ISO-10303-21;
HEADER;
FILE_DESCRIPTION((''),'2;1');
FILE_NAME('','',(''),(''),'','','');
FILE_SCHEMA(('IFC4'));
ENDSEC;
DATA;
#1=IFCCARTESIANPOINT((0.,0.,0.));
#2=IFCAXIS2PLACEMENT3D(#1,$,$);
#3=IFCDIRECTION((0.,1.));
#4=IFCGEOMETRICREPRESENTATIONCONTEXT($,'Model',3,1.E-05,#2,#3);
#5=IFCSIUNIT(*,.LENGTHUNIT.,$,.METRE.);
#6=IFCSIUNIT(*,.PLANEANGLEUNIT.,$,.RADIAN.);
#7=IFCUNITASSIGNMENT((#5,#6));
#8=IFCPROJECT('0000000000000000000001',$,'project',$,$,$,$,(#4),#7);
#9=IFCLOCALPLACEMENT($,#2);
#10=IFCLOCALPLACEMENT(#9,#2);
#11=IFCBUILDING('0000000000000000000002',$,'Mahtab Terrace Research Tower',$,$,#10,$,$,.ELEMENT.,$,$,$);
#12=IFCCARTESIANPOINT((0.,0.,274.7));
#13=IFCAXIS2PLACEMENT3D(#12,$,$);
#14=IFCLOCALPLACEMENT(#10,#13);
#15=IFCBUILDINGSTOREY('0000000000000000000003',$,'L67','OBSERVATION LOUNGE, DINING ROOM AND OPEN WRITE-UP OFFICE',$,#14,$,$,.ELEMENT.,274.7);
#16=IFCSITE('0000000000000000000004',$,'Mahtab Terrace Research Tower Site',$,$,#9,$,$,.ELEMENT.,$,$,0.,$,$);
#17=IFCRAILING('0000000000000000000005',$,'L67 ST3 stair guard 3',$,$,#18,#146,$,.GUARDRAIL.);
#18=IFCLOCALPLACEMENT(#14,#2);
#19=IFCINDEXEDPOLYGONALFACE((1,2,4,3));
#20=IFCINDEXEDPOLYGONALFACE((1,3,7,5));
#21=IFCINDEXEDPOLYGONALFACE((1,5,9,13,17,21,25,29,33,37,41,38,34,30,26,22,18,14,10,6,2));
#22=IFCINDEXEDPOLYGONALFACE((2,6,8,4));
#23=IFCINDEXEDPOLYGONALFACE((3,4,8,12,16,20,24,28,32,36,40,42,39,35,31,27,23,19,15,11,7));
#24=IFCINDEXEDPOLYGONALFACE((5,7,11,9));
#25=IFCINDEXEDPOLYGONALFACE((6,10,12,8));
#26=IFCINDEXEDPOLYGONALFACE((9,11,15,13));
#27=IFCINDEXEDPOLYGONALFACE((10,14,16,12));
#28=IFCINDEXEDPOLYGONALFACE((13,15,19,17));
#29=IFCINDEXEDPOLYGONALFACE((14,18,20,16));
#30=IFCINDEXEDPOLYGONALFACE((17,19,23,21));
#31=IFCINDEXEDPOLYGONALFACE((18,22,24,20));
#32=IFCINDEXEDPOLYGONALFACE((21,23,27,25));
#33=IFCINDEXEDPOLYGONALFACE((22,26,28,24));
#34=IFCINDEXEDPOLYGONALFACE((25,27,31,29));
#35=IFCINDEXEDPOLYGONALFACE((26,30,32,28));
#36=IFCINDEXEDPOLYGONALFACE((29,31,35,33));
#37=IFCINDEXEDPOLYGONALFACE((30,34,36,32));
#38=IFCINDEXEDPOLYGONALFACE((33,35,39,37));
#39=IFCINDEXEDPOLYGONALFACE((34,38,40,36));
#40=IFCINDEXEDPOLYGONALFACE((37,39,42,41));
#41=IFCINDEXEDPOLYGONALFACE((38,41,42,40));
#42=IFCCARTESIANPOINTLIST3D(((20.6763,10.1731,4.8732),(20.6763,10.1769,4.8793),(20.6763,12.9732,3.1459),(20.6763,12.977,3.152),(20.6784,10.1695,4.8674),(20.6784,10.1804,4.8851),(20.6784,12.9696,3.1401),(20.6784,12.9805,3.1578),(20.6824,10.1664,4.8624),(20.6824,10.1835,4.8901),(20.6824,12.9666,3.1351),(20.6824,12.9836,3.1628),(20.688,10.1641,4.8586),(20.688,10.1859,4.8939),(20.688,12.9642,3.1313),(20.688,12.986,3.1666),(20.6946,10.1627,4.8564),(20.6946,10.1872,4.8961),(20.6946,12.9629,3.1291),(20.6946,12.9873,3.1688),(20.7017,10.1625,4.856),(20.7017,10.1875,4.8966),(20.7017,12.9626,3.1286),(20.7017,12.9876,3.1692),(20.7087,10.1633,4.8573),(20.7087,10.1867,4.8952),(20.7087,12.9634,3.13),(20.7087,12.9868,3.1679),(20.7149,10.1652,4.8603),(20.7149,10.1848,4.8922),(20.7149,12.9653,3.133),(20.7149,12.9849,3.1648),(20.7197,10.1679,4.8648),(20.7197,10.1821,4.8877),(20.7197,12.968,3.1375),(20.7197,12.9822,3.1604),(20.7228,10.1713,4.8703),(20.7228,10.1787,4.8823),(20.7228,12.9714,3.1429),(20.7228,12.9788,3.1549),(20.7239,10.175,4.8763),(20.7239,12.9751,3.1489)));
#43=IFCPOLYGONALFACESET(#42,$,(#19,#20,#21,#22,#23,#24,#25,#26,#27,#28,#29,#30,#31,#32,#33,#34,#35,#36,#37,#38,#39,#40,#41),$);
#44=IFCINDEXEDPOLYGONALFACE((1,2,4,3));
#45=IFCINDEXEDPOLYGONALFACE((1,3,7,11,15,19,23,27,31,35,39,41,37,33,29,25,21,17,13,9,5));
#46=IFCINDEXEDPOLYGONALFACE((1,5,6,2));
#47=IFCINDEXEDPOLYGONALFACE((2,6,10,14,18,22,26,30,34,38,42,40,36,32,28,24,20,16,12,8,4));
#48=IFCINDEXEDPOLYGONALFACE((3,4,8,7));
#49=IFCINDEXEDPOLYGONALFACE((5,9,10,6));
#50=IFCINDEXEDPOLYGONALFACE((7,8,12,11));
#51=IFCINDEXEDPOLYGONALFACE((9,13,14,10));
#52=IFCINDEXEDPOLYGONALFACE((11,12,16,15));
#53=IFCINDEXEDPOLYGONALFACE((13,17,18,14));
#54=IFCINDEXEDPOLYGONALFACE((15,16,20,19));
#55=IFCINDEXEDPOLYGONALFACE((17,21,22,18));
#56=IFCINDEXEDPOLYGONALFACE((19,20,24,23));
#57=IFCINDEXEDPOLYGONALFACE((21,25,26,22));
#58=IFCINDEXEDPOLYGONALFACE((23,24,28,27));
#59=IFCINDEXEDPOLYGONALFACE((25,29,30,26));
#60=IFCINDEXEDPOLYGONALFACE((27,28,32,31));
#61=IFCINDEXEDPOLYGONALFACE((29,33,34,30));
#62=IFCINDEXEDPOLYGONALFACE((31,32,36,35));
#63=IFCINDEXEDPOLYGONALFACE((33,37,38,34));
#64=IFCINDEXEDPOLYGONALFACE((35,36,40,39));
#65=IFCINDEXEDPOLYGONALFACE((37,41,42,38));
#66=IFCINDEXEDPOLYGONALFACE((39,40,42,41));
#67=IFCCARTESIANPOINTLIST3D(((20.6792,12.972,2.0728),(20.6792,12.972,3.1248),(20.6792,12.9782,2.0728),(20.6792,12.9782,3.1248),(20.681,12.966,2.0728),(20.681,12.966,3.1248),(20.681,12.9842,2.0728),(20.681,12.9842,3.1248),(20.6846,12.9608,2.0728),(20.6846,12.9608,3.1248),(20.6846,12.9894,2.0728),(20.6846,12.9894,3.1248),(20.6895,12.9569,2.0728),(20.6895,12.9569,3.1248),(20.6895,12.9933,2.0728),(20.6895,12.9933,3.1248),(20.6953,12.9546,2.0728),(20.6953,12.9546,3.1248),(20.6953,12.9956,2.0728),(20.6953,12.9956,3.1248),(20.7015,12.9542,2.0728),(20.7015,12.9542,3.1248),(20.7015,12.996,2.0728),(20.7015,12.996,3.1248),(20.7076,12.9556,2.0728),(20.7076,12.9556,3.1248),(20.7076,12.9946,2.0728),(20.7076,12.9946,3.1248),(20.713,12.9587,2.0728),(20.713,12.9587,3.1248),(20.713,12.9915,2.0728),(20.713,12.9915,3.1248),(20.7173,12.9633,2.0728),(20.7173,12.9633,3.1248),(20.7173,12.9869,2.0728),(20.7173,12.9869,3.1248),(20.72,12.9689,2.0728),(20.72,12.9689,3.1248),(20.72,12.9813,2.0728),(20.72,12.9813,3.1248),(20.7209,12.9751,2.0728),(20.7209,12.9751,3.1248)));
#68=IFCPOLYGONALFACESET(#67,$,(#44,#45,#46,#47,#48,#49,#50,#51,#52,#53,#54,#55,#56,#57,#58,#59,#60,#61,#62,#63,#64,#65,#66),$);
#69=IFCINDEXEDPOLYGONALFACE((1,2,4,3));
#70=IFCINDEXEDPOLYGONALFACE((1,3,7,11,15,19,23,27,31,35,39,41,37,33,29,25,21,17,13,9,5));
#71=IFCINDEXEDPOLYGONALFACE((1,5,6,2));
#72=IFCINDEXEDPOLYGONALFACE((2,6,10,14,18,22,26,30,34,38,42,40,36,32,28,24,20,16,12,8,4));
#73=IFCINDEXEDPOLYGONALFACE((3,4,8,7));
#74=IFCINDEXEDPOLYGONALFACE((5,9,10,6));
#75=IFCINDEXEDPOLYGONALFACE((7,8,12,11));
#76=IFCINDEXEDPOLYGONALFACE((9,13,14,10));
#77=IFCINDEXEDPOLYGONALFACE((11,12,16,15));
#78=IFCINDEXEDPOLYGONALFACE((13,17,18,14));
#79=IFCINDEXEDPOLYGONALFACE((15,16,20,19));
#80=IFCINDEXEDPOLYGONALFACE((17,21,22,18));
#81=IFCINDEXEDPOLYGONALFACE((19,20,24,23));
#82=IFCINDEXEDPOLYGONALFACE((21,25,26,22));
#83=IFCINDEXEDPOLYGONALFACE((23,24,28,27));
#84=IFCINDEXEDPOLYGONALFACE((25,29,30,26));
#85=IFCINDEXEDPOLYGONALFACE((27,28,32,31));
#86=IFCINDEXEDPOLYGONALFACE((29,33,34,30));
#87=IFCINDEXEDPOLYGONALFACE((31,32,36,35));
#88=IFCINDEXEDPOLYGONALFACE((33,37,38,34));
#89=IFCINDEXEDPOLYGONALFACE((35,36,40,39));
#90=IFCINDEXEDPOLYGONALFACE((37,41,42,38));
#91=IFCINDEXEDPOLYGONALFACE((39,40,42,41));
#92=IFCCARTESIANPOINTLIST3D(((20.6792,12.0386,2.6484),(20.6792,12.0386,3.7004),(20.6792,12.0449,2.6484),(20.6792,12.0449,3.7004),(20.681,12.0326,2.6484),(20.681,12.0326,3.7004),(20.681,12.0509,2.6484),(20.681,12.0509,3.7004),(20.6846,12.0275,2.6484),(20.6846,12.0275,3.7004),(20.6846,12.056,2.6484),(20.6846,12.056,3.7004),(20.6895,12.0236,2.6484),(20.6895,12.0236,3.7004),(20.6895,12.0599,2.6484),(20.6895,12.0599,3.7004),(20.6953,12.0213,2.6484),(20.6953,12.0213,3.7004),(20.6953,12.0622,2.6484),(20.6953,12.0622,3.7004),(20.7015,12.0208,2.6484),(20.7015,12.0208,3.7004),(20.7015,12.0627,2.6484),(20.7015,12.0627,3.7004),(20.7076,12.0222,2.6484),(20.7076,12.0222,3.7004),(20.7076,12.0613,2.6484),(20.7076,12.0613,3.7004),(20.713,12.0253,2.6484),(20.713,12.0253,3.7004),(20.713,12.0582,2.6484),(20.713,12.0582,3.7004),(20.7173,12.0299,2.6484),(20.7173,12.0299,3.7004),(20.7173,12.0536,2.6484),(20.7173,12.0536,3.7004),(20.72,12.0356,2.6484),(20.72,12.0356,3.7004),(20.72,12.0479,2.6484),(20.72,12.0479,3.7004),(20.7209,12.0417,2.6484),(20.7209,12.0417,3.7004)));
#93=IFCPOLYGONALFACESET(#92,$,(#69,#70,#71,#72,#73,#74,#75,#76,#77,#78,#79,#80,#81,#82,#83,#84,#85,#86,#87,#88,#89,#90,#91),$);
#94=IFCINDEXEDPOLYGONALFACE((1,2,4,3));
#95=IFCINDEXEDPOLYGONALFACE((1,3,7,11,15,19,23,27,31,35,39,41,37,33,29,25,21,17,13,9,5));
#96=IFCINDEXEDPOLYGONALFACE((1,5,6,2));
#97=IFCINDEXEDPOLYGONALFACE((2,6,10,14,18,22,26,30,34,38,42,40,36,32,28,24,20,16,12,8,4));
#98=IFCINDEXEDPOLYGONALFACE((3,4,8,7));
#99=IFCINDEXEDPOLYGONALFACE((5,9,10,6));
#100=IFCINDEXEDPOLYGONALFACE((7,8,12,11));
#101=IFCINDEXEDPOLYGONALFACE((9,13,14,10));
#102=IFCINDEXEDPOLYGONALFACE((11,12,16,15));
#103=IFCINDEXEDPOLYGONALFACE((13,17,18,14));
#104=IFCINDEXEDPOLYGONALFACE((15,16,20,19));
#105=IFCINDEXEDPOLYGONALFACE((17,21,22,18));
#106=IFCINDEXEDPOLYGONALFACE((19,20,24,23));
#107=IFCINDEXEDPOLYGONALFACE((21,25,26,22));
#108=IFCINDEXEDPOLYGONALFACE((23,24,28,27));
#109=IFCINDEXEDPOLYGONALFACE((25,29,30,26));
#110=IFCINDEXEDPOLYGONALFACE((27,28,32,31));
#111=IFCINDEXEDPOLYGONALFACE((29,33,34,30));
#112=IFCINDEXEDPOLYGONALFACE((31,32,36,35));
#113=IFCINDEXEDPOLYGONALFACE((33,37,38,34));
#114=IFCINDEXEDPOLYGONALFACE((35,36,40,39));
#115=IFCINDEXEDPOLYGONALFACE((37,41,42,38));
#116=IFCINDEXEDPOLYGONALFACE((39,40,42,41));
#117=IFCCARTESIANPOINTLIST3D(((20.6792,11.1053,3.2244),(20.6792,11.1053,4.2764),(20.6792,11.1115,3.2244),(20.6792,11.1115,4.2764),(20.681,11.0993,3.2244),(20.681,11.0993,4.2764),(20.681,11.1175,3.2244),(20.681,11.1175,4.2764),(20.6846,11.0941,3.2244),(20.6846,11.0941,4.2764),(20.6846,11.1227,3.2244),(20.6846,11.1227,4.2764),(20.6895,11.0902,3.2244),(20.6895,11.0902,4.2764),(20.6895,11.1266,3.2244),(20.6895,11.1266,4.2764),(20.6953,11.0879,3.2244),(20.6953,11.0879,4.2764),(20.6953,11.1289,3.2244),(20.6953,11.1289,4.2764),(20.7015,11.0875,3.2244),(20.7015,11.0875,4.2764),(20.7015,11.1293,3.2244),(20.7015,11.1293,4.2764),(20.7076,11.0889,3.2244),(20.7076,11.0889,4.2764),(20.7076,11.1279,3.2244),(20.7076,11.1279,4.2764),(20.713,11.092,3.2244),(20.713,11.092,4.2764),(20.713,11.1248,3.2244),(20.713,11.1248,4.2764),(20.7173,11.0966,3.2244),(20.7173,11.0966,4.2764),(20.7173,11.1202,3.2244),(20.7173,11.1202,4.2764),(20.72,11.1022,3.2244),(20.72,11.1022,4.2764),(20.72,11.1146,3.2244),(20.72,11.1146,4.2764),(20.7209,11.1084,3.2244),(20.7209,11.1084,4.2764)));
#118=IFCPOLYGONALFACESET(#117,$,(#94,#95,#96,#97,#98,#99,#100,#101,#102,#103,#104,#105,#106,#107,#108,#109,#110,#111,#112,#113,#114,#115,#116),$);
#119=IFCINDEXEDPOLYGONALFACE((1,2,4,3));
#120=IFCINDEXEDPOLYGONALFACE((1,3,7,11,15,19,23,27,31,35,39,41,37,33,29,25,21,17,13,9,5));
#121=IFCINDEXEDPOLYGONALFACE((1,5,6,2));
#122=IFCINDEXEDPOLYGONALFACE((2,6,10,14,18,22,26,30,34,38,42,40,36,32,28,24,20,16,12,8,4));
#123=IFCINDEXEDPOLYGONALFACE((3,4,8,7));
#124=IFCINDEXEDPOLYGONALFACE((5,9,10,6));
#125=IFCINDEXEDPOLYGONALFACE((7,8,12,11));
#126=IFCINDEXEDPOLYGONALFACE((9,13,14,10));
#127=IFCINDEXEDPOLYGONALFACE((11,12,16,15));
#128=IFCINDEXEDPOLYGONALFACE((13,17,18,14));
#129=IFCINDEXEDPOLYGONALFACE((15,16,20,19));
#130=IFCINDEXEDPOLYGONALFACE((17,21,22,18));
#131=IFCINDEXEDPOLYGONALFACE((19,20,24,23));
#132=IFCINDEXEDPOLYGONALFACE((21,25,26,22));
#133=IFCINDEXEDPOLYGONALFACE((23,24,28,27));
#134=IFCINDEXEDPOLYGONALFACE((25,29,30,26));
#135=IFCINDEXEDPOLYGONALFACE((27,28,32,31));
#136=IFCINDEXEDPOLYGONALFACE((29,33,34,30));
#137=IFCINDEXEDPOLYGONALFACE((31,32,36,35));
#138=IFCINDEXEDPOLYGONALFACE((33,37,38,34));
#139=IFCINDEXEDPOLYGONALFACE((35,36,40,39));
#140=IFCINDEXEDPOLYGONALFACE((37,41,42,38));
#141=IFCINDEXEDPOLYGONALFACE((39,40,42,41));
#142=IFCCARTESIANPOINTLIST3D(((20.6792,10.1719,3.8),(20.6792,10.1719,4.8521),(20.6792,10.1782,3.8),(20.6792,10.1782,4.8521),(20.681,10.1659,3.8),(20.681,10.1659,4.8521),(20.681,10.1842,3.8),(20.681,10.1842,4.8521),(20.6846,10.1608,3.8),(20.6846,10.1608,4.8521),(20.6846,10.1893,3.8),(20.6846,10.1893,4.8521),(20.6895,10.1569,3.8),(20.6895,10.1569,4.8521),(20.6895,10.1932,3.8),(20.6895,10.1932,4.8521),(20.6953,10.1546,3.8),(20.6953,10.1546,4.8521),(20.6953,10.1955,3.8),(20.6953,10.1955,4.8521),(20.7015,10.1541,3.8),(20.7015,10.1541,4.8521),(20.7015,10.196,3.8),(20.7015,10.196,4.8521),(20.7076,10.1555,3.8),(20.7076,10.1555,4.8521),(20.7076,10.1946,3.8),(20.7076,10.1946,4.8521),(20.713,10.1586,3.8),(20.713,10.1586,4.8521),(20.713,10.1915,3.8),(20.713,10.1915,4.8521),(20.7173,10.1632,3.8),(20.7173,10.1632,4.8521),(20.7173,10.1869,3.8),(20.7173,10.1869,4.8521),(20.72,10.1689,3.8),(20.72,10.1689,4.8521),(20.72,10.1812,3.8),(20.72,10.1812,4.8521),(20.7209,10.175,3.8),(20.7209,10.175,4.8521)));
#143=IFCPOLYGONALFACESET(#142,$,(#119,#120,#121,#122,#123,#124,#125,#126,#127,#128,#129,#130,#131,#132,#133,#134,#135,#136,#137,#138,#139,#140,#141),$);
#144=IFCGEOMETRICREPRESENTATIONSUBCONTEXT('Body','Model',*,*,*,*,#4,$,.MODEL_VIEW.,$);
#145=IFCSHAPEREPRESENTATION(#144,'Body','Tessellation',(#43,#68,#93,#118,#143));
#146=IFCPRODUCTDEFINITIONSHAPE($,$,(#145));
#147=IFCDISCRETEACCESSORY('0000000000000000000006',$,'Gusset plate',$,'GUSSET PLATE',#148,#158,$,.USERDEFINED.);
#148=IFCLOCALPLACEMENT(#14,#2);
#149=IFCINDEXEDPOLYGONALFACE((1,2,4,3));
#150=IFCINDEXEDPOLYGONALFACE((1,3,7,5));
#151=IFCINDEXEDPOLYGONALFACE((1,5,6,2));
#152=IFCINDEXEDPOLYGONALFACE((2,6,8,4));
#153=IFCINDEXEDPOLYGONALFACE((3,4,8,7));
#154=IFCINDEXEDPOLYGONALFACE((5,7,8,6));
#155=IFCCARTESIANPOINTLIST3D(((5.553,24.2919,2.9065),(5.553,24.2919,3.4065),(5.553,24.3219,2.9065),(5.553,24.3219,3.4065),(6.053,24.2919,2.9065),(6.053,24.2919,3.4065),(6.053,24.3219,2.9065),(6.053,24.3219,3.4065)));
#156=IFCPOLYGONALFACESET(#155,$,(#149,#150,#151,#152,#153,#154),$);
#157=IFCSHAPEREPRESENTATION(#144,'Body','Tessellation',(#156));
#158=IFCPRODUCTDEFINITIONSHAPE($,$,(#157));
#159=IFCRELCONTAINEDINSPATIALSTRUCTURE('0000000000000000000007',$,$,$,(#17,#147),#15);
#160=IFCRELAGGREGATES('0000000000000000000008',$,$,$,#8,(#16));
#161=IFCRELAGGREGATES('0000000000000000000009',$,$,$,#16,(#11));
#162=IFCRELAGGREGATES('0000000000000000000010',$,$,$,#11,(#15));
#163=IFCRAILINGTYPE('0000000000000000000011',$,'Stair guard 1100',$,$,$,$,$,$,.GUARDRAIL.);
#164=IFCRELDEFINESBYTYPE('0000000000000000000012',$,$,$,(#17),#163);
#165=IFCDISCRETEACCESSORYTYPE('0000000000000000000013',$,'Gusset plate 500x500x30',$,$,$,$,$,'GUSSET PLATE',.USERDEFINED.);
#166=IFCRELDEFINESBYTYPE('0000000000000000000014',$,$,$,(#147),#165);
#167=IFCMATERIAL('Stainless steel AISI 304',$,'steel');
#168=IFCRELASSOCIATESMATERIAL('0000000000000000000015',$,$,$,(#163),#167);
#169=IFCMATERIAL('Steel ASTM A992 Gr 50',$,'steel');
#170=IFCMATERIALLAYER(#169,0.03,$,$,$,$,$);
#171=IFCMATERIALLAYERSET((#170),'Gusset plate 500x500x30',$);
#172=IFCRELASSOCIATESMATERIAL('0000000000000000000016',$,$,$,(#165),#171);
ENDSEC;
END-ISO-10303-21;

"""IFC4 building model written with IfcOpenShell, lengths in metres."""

from ifc_helpers import new_model, si_unit, direction, frame, origin, origin_2d, place, context, subcontext, project, spatial, rectangle, circle, extrude, material, layer, layer_set, type_object, element, save


model = new_model("IFC4")

# Units and contexts
model_context = context("Model", 3, precision=1e-05, world=origin(), true_north=direction((0.0, 1.0)))
body_context = subcontext(model_context, "Body", "Model", "MODEL_VIEW")
ifc_project = project(units=[si_unit("LENGTHUNIT", "METRE"), si_unit("PLANEANGLEUNIT", "RADIAN")], contexts=[model_context])

# Site, building, storey
site_placement = place(None, origin())
site = spatial("IfcSite", under=ifc_project, at=site_placement, Name="Mahtab Terrace Research Tower Site", CompositionType="ELEMENT", RefElevation=0.0)
building_placement = place(site_placement, origin())
building = spatial("IfcBuilding", under=site, at=building_placement, Name="Mahtab Terrace Research Tower", CompositionType="ELEMENT")
storey_placement = place(building_placement, frame((0.0, 0.0, 274.7)))
storey = spatial("IfcBuildingStorey", under=building, at=storey_placement, Name="L67", Description="OBSERVATION LOUNGE, DINING ROOM AND OPEN WRITE-UP OFFICE", CompositionType="ELEMENT", Elevation=274.7)

# Shared definitions
ifc_material_1 = material(Name="Steel ASTM A992 Gr 50", Category="steel")

# Shared definitions
ifc_material_2 = material(Name="Stainless steel AISI 304", Category="steel")

# Railing
railing_type = type_object("IfcRailingType", Name="Stair guard 1100", PredefinedType="GUARDRAIL", material=ifc_material_2)
railing_1_placement = place(storey_placement, frame((20.7, 12.9751, 2.0728)))
element("IfcRailing", 1, at=railing_1_placement, inside=storey, type_object=railing_type, Name="L67 ST3 stair guard 3", PredefinedType="GUARDRAIL", context=body_context, shape_type="SweptSolid", body=[
    extrude(circle(Radius=0.0239, at=origin_2d()), frame((0.0, 0.0, 1.0762), z_axis=(0.0, -0.85109, 0.52502), x_axis=(1.0, 0.0, 0.0)), (0.0, 0.0, 1.0), 3.29),
    extrude(circle(Radius=0.021, at=origin_2d()), origin(), (0.0, 0.0, 1.0), 1.052),
    extrude(circle(Radius=0.021, at=origin_2d()), frame((0.0, -0.9333, 0.5757)), (0.0, 0.0, 1.0), 1.052),
    extrude(circle(Radius=0.021, at=origin_2d()), frame((0.0, -1.8667, 1.1516)), (0.0, 0.0, 1.0), 1.052),
    extrude(circle(Radius=0.021, at=origin_2d()), frame((0.0, -2.8, 1.7273)), (0.0, 0.0, 1.0), 1.052),
])

# Discrete accessory
ifc_layer_1 = layer(ifc_material_1, 0.03)
ifc_layer_set_1 = layer_set([ifc_layer_1], Name="Gusset plate 500x500x30")
discrete_accessory_type = type_object("IfcDiscreteAccessoryType", Name="Gusset plate 500x500x30", ElementType="GUSSET PLATE", PredefinedType="USERDEFINED", material=ifc_layer_set_1)
discrete_accessory_placement = place(storey_placement, frame((5.803, 24.3069, 2.9065), z_axis=(0.0, 0.0, 1.0), x_axis=(1.0, 0.0, 0.0)))
element("IfcDiscreteAccessory", 2, at=discrete_accessory_placement, inside=storey, type_object=discrete_accessory_type, Name="Gusset plate", ObjectType="GUSSET PLATE", PredefinedType="USERDEFINED", context=body_context, shape_type="SweptSolid", body=[
    extrude(rectangle(XDim=0.5, YDim=0.03, at=origin_2d()), origin(), (0.0, 0.0, 1.0), 0.5),
])

save(model, "model.ifc")
